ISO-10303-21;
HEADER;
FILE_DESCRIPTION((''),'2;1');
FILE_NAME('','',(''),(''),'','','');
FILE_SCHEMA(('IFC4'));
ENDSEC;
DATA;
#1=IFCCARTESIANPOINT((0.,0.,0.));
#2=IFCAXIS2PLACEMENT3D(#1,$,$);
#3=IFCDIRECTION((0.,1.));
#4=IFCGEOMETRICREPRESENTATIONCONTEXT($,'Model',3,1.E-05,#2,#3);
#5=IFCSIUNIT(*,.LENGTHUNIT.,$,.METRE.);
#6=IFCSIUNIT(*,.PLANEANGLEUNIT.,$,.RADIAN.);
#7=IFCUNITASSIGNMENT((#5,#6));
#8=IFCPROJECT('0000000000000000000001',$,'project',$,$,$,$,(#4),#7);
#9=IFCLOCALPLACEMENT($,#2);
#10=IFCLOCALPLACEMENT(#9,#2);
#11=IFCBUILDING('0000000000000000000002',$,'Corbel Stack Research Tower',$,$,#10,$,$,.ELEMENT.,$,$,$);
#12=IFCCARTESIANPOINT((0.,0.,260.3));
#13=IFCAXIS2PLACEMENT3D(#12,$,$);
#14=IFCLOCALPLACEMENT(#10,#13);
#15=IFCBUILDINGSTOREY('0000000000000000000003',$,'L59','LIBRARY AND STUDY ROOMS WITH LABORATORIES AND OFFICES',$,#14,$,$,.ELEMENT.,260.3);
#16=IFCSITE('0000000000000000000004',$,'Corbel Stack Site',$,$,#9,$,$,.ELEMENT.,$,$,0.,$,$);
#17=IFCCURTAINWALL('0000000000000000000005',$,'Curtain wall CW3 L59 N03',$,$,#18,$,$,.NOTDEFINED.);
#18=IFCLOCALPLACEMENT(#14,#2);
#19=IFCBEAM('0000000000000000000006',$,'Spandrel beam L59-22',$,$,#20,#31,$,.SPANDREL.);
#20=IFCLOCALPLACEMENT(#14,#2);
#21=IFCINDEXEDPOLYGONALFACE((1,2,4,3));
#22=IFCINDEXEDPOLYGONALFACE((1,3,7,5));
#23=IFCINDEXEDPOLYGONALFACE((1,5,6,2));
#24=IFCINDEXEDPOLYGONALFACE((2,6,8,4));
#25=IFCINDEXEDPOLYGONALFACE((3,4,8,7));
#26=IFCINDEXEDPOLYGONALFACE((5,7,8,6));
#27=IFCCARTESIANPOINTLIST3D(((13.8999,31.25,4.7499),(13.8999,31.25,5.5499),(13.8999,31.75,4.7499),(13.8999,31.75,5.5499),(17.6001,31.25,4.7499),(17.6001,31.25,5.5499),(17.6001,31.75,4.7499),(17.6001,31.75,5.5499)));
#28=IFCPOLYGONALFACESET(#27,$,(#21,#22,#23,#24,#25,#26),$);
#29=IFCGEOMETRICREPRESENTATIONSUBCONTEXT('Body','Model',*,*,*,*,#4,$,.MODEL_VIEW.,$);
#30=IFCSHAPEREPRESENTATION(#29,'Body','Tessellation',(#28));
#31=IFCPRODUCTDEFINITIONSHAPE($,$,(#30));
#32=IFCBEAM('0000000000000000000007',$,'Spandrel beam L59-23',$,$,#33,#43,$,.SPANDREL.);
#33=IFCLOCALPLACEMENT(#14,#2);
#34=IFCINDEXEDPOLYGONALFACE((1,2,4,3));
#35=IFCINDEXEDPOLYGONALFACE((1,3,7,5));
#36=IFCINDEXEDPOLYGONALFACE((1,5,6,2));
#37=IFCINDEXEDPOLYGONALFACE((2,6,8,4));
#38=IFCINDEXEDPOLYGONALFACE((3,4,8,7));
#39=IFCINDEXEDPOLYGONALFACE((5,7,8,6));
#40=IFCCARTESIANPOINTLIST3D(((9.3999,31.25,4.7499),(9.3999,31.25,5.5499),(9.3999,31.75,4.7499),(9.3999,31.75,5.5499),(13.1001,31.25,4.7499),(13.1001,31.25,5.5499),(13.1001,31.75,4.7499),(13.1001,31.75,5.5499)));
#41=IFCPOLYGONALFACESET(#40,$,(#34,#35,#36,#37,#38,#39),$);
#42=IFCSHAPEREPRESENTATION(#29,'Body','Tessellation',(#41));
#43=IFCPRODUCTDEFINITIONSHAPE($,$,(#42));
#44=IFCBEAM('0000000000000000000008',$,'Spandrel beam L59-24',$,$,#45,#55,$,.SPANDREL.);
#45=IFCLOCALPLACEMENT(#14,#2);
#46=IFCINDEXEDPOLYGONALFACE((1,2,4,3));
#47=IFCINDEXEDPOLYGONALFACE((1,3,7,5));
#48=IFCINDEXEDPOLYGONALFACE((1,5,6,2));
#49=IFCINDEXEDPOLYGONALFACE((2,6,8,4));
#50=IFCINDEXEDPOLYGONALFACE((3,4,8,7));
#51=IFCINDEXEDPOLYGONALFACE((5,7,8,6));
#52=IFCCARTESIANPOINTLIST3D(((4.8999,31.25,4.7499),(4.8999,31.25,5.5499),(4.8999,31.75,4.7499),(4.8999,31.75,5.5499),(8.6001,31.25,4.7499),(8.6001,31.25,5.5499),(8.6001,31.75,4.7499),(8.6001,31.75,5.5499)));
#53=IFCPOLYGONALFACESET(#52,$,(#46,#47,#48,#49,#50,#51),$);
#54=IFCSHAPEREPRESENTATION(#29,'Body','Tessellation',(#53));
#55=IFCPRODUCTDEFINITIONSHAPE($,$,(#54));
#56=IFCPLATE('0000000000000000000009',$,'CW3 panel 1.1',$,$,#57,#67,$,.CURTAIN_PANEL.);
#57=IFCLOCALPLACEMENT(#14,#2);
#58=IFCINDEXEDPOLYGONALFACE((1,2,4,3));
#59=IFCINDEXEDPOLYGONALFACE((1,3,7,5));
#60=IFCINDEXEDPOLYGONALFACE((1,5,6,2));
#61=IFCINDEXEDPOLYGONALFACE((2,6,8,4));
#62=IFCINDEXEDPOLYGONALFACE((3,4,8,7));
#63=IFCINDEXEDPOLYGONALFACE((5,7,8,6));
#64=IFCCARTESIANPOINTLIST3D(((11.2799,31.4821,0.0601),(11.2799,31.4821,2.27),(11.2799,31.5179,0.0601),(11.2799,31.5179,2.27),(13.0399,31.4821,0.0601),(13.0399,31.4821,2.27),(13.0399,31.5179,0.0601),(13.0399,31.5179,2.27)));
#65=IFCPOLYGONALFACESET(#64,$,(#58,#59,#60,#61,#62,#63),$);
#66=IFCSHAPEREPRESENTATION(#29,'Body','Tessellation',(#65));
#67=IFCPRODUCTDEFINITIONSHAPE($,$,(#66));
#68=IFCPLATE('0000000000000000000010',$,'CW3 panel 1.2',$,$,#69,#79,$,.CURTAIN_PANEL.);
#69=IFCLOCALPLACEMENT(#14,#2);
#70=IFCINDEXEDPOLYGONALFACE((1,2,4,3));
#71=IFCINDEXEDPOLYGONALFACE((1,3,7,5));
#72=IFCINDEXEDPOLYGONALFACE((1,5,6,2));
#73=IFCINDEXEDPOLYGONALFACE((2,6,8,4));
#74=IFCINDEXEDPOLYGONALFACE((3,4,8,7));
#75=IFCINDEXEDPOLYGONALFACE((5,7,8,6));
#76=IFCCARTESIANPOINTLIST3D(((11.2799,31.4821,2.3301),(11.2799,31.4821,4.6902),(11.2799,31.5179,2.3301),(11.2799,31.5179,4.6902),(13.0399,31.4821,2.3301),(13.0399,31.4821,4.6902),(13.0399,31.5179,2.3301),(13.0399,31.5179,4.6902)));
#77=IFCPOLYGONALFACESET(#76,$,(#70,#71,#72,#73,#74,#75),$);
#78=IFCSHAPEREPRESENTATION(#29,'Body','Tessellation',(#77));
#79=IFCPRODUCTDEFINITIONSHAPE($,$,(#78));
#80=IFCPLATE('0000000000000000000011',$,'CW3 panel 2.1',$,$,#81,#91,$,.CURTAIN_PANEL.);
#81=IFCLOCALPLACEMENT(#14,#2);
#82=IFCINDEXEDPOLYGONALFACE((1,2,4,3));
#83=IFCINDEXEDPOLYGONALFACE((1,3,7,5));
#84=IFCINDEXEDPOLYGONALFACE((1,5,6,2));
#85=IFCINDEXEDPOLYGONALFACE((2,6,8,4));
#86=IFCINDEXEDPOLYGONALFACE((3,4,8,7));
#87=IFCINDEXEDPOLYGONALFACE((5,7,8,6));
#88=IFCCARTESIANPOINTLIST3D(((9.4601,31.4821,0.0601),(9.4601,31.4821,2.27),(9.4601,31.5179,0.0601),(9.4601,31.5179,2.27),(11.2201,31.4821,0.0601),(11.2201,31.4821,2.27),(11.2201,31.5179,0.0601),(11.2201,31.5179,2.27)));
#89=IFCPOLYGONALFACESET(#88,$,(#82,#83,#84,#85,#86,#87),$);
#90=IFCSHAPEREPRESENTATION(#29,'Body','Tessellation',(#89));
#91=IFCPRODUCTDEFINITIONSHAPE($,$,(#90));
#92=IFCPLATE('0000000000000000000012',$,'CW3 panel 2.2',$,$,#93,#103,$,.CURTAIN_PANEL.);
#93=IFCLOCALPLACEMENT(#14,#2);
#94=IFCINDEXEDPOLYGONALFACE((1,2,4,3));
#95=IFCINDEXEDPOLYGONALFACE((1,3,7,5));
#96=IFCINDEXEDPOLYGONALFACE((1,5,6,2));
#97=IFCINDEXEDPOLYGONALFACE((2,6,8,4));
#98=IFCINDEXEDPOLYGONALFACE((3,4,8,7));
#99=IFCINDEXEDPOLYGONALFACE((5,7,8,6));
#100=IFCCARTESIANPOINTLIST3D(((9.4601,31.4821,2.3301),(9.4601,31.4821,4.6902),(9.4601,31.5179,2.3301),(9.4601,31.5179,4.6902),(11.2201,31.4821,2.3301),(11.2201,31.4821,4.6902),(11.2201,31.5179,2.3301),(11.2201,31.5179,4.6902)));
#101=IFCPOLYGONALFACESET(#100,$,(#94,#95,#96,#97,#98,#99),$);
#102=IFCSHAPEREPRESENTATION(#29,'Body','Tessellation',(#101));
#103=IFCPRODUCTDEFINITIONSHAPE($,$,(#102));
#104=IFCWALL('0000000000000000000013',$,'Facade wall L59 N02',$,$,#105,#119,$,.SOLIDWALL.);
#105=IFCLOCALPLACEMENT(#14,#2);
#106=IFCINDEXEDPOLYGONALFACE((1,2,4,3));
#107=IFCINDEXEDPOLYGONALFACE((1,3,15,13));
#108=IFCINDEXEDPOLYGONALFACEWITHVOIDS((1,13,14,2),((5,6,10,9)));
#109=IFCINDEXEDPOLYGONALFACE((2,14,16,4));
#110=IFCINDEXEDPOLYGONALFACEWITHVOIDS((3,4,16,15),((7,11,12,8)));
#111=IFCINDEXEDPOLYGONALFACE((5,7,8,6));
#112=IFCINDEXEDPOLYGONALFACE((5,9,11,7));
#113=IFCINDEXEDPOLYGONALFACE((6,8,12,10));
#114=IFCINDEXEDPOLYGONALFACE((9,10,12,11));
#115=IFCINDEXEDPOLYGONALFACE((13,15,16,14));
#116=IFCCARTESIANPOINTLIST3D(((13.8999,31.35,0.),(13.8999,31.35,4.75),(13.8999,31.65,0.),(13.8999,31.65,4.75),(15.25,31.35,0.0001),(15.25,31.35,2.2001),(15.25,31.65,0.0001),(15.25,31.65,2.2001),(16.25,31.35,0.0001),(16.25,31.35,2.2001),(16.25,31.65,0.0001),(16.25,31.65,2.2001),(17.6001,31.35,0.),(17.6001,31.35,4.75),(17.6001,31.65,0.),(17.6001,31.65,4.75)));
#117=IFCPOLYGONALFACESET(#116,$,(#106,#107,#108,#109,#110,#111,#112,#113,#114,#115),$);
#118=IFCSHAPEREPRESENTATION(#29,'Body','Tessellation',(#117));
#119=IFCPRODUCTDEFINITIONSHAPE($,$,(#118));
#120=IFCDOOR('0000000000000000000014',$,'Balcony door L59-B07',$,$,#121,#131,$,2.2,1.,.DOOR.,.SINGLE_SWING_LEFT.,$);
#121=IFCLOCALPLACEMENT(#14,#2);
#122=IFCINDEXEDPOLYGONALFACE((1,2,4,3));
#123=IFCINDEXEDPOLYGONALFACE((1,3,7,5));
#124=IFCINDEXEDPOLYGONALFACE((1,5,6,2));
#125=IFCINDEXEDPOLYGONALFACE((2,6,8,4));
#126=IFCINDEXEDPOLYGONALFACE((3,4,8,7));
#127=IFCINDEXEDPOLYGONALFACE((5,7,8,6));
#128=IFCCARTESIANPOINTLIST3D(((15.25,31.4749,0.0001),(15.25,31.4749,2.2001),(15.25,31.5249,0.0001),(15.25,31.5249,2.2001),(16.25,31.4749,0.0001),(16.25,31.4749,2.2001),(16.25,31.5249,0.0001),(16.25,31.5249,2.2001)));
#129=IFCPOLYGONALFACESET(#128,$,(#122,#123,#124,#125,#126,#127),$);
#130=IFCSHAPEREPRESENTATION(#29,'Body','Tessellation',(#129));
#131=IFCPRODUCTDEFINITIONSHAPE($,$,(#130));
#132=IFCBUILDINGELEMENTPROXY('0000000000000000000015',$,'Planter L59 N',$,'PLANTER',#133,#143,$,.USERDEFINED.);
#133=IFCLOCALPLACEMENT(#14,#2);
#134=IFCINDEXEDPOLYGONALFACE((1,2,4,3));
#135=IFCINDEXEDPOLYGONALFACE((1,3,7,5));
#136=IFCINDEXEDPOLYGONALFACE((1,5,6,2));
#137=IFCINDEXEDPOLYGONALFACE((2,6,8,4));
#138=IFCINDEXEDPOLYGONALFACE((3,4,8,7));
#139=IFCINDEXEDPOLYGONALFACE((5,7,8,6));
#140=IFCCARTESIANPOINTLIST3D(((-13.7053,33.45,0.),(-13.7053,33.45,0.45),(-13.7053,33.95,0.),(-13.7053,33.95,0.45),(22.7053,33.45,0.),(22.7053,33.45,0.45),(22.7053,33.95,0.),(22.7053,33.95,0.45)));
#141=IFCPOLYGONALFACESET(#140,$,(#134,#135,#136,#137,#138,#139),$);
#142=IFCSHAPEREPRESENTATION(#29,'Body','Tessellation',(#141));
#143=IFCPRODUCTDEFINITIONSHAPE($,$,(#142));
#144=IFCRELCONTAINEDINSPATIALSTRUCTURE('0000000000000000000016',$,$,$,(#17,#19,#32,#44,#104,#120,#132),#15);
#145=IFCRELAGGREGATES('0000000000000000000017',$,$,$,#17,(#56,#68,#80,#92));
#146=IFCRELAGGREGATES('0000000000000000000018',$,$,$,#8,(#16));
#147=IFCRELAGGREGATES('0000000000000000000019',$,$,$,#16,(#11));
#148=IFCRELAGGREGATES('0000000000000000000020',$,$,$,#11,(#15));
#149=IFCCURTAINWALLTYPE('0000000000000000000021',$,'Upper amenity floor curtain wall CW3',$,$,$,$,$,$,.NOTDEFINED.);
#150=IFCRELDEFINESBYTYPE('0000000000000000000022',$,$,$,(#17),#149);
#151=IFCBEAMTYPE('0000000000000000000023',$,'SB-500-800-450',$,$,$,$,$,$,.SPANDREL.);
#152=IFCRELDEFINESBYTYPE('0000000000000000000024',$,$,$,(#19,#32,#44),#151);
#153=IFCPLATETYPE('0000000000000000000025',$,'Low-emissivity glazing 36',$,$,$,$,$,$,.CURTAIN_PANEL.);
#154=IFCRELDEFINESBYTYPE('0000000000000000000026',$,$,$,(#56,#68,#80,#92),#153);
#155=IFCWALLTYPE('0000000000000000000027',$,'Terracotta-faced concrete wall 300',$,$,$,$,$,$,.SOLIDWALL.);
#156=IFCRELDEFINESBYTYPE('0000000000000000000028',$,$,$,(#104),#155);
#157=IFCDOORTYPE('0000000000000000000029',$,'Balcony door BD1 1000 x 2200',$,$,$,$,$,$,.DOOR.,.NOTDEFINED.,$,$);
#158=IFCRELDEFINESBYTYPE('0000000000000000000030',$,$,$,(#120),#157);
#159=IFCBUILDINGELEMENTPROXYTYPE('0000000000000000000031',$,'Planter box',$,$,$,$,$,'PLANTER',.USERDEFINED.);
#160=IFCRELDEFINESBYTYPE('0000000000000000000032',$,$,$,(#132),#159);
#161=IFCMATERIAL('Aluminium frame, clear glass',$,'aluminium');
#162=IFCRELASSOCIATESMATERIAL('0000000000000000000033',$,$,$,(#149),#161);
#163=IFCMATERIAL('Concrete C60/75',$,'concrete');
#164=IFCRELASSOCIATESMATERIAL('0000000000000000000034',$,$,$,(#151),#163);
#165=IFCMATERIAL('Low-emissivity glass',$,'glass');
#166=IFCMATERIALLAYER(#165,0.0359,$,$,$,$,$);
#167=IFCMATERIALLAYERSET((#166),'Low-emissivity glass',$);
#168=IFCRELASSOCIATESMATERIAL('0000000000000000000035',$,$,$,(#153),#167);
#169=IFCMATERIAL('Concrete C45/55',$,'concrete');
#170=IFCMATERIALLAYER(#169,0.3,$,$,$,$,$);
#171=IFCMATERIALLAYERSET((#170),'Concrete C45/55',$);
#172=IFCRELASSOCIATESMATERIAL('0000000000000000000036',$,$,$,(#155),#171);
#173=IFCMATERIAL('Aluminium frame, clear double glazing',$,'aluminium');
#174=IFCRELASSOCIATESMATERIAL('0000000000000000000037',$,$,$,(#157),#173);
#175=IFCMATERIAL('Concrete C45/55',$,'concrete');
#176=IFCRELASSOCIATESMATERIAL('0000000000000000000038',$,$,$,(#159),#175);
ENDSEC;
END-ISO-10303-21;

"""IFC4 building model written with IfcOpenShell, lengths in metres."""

from ifc_helpers import new_model, si_unit, direction, frame, frame_2d, origin, origin_2d, place, context, subcontext, project, spatial, rectangle, extrude, material, layer, layer_set, material_profile, profile_set, type_object, element, fill, aggregate, save


model = new_model("IFC4")

# Units and contexts
model_context = context("Model", 3, precision=1e-05, world=origin(), true_north=direction((0.0, 1.0)))
body_context = subcontext(model_context, "Body", "Model", "MODEL_VIEW")
ifc_project = project(units=[si_unit("LENGTHUNIT", "METRE"), si_unit("PLANEANGLEUNIT", "RADIAN")], contexts=[model_context])

# Site, building, storey
site_placement = place(None, origin())
site = spatial("IfcSite", under=ifc_project, at=site_placement, Name="Corbel Stack Site", CompositionType="ELEMENT", RefElevation=0.0)
building_placement = place(site_placement, origin())
building = spatial("IfcBuilding", under=site, at=building_placement, Name="Corbel Stack Research Tower", CompositionType="ELEMENT")
storey_placement = place(building_placement, frame((0.0, 0.0, 260.3)))
storey = spatial("IfcBuildingStorey", under=building, at=storey_placement, Name="L59", Description="LIBRARY AND STUDY ROOMS WITH LABORATORIES AND OFFICES", CompositionType="ELEMENT", Elevation=260.3)

# Curtain wall
ifc_material_1 = material(Name="Aluminium frame, clear glass", Category="aluminium")
curtain_wall_type = type_object("IfcCurtainWallType", Name="Upper amenity floor curtain wall CW3", PredefinedType="NOTDEFINED", material=ifc_material_1)
curtain_wall_1_placement = place(storey_placement, origin())
curtain_wall_1 = element("IfcCurtainWall", 1, at=curtain_wall_1_placement, inside=storey, type_object=curtain_wall_type, Name="Curtain wall CW3 L59 N03", PredefinedType="NOTDEFINED")

# Beams
ifc_material_2 = material(Name="Concrete C60/75", Category="concrete")
ifc_material_profile_1 = material_profile(ifc_material_2, rectangle(XDim=0.5, YDim=0.8, at=origin_2d()), Name="RC 500 x 800")
ifc_profile_set_1 = profile_set([ifc_material_profile_1], Name="Concrete C60/75")
beam_type = type_object("IfcBeamType", Name="SB-500-800-450", PredefinedType="SPANDREL", material=ifc_profile_set_1)
for number, where, z_axis, x_axis, name in (
    (2, (17.6001, 31.5, 5.1499), (-1.0, 0.0, 0.0), (0.0, -1.0, 0.0), "Spandrel beam L59-22"),
    (3, (13.1001, 31.5, 5.1499), (-1.0, 0.0, 0.0), (0.0, -1.0, 0.0), "Spandrel beam L59-23"),
    (4, (8.6001, 31.5, 5.1499), (-1.0, 0.0, 0.0), (0.0, -1.0, 0.0), "Spandrel beam L59-24"),
):
    element("IfcBeam", number, at=place(storey_placement, frame(where, z_axis=z_axis, x_axis=x_axis)), inside=storey, type_object=beam_type, Name=name, PredefinedType="SPANDREL", context=body_context, shape_type="SweptSolid", body=[
        extrude(rectangle(XDim=0.5, YDim=0.8, at=origin_2d()), origin(), (0.0, 0.0, 1.0), 3.7002),
    ])

# Plates
ifc_material_3 = material(Name="Low-emissivity glass", Category="glass")
ifc_layer_1 = layer(ifc_material_3, 0.0359)
ifc_layer_set_1 = layer_set([ifc_layer_1], Name="Low-emissivity glass")
plate_type = type_object("IfcPlateType", Name="Low-emissivity glazing 36", PredefinedType="CURTAIN_PANEL", material=ifc_layer_set_1)
plate_1_placement = place(storey_placement, frame((12.1599, 31.5, 0.0601), z_axis=(0.0, 0.0, 1.0), x_axis=(-1.0, 0.0, 0.0)))
plate_1 = element("IfcPlate", 5, at=plate_1_placement, type_object=plate_type, Name="CW3 panel 1.1", PredefinedType="CURTAIN_PANEL", context=body_context, shape_type="SweptSolid", body=[
    extrude(rectangle(XDim=1.76, YDim=0.0359, at=origin_2d()), origin(), (0.0, 0.0, 1.0), 2.21),
])
plate_2_placement = place(storey_placement, frame((12.1599, 31.5, 2.3301), z_axis=(0.0, 0.0, 1.0), x_axis=(-1.0, 0.0, 0.0)))
plate_2 = element("IfcPlate", 6, at=plate_2_placement, type_object=plate_type, Name="CW3 panel 1.2", PredefinedType="CURTAIN_PANEL", context=body_context, shape_type="SweptSolid", body=[
    extrude(rectangle(XDim=1.76, YDim=0.0359, at=origin_2d()), origin(), (0.0, 0.0, 1.0), 2.3601),
])
plate_3_placement = place(storey_placement, frame((10.3401, 31.5, 0.0601), z_axis=(0.0, 0.0, 1.0), x_axis=(-1.0, 0.0, 0.0)))
plate_3 = element("IfcPlate", 7, at=plate_3_placement, type_object=plate_type, Name="CW3 panel 2.1", PredefinedType="CURTAIN_PANEL", context=body_context, shape_type="SweptSolid", body=[
    extrude(rectangle(XDim=1.76, YDim=0.0359, at=origin_2d()), origin(), (0.0, 0.0, 1.0), 2.21),
])
plate_4_placement = place(storey_placement, frame((10.3401, 31.5, 2.3301), z_axis=(0.0, 0.0, 1.0), x_axis=(-1.0, 0.0, 0.0)))
plate_4 = element("IfcPlate", 8, at=plate_4_placement, type_object=plate_type, Name="CW3 panel 2.2", PredefinedType="CURTAIN_PANEL", context=body_context, shape_type="SweptSolid", body=[
    extrude(rectangle(XDim=1.76, YDim=0.0359, at=origin_2d()), origin(), (0.0, 0.0, 1.0), 2.3601),
])
aggregate(curtain_wall_1, [plate_1, plate_2, plate_3, plate_4])

# Wall, opening, door
ifc_material_4 = material(Name="Concrete C45/55", Category="concrete")
ifc_layer_2 = layer(ifc_material_4, 0.3)
ifc_layer_set_2 = layer_set([ifc_layer_2], Name="Concrete C45/55")
wall_type = type_object("IfcWallType", Name="Terracotta-faced concrete wall 300", PredefinedType="SOLIDWALL", material=ifc_layer_set_2)
wall_placement = place(storey_placement, frame((13.8999, 31.5, 0.0), z_axis=(0.0, 0.0, 1.0), x_axis=(1.0, 0.0, 0.0)))
wall = element("IfcWall", 9, at=wall_placement, inside=storey, type_object=wall_type, Name="Facade wall L59 N02", PredefinedType="SOLIDWALL", context=body_context, shape_type="SweptSolid", body=[
    extrude(rectangle(XDim=3.7002, YDim=0.3, at=frame_2d((1.8501, 0.0))), origin(), (0.0, 0.0, 1.0), 4.75),
])
opening_placement = place(wall_placement, frame((1.3501, 0.0, 0.0)))
opening = element("IfcOpeningElement", 10, at=opening_placement, cuts=wall, PredefinedType="OPENING", context=body_context, shape_type="SweptSolid", body=[
    extrude(rectangle(XDim=1.0, YDim=2.2, at=frame_2d((0.5, 1.1001))), frame((0.0, 0.1599, 0.0), z_axis=(0.0, -1.0, 0.0), x_axis=(1.0, 0.0, 0.0)), (0.0, 0.0, 1.0), 0.3201),
])
ifc_material_5 = material(Name="Aluminium frame, clear double glazing", Category="aluminium")
door_type = type_object("IfcDoorType", Name="Balcony door BD1 1000 x 2200", OperationType="NOTDEFINED", PredefinedType="DOOR", material=ifc_material_5)
door_placement = place(opening_placement, origin())
door = element("IfcDoor", 11, at=door_placement, inside=storey, type_object=door_type, Name="Balcony door L59-B07", OperationType="SINGLE_SWING_LEFT", OverallHeight=2.2, OverallWidth=1.0, PredefinedType="DOOR", context=body_context, shape_type="SweptSolid", body=[
    extrude(rectangle(XDim=1.0, YDim=2.2, at=frame_2d((0.5, 1.1001))), frame((0.0, 0.0249, 0.0), z_axis=(0.0, -1.0, 0.0), x_axis=(1.0, 0.0, 0.0)), (0.0, 0.0, 1.0), 0.05),
])
fill(opening, door)

# Building element proxy
ifc_material_6 = material(Name="Concrete C45/55", Category="concrete")
building_element_proxy_type = type_object("IfcBuildingElementProxyType", Name="Planter box", ElementType="PLANTER", PredefinedType="USERDEFINED", material=ifc_material_6)
proxy_placement = place(storey_placement, frame((4.5, 33.7, 0.0), z_axis=(0.0, 0.0, 1.0), x_axis=(-1.0, 0.0, 0.0)))
element("IfcBuildingElementProxy", 12, at=proxy_placement, inside=storey, type_object=building_element_proxy_type, Name="Planter L59 N", ObjectType="PLANTER", PredefinedType="USERDEFINED", context=body_context, shape_type="SweptSolid", body=[
    extrude(rectangle(XDim=36.4106, YDim=0.5, at=origin_2d()), origin(), (0.0, 0.0, 1.0), 0.45),
])

save(model, "model.ifc")
